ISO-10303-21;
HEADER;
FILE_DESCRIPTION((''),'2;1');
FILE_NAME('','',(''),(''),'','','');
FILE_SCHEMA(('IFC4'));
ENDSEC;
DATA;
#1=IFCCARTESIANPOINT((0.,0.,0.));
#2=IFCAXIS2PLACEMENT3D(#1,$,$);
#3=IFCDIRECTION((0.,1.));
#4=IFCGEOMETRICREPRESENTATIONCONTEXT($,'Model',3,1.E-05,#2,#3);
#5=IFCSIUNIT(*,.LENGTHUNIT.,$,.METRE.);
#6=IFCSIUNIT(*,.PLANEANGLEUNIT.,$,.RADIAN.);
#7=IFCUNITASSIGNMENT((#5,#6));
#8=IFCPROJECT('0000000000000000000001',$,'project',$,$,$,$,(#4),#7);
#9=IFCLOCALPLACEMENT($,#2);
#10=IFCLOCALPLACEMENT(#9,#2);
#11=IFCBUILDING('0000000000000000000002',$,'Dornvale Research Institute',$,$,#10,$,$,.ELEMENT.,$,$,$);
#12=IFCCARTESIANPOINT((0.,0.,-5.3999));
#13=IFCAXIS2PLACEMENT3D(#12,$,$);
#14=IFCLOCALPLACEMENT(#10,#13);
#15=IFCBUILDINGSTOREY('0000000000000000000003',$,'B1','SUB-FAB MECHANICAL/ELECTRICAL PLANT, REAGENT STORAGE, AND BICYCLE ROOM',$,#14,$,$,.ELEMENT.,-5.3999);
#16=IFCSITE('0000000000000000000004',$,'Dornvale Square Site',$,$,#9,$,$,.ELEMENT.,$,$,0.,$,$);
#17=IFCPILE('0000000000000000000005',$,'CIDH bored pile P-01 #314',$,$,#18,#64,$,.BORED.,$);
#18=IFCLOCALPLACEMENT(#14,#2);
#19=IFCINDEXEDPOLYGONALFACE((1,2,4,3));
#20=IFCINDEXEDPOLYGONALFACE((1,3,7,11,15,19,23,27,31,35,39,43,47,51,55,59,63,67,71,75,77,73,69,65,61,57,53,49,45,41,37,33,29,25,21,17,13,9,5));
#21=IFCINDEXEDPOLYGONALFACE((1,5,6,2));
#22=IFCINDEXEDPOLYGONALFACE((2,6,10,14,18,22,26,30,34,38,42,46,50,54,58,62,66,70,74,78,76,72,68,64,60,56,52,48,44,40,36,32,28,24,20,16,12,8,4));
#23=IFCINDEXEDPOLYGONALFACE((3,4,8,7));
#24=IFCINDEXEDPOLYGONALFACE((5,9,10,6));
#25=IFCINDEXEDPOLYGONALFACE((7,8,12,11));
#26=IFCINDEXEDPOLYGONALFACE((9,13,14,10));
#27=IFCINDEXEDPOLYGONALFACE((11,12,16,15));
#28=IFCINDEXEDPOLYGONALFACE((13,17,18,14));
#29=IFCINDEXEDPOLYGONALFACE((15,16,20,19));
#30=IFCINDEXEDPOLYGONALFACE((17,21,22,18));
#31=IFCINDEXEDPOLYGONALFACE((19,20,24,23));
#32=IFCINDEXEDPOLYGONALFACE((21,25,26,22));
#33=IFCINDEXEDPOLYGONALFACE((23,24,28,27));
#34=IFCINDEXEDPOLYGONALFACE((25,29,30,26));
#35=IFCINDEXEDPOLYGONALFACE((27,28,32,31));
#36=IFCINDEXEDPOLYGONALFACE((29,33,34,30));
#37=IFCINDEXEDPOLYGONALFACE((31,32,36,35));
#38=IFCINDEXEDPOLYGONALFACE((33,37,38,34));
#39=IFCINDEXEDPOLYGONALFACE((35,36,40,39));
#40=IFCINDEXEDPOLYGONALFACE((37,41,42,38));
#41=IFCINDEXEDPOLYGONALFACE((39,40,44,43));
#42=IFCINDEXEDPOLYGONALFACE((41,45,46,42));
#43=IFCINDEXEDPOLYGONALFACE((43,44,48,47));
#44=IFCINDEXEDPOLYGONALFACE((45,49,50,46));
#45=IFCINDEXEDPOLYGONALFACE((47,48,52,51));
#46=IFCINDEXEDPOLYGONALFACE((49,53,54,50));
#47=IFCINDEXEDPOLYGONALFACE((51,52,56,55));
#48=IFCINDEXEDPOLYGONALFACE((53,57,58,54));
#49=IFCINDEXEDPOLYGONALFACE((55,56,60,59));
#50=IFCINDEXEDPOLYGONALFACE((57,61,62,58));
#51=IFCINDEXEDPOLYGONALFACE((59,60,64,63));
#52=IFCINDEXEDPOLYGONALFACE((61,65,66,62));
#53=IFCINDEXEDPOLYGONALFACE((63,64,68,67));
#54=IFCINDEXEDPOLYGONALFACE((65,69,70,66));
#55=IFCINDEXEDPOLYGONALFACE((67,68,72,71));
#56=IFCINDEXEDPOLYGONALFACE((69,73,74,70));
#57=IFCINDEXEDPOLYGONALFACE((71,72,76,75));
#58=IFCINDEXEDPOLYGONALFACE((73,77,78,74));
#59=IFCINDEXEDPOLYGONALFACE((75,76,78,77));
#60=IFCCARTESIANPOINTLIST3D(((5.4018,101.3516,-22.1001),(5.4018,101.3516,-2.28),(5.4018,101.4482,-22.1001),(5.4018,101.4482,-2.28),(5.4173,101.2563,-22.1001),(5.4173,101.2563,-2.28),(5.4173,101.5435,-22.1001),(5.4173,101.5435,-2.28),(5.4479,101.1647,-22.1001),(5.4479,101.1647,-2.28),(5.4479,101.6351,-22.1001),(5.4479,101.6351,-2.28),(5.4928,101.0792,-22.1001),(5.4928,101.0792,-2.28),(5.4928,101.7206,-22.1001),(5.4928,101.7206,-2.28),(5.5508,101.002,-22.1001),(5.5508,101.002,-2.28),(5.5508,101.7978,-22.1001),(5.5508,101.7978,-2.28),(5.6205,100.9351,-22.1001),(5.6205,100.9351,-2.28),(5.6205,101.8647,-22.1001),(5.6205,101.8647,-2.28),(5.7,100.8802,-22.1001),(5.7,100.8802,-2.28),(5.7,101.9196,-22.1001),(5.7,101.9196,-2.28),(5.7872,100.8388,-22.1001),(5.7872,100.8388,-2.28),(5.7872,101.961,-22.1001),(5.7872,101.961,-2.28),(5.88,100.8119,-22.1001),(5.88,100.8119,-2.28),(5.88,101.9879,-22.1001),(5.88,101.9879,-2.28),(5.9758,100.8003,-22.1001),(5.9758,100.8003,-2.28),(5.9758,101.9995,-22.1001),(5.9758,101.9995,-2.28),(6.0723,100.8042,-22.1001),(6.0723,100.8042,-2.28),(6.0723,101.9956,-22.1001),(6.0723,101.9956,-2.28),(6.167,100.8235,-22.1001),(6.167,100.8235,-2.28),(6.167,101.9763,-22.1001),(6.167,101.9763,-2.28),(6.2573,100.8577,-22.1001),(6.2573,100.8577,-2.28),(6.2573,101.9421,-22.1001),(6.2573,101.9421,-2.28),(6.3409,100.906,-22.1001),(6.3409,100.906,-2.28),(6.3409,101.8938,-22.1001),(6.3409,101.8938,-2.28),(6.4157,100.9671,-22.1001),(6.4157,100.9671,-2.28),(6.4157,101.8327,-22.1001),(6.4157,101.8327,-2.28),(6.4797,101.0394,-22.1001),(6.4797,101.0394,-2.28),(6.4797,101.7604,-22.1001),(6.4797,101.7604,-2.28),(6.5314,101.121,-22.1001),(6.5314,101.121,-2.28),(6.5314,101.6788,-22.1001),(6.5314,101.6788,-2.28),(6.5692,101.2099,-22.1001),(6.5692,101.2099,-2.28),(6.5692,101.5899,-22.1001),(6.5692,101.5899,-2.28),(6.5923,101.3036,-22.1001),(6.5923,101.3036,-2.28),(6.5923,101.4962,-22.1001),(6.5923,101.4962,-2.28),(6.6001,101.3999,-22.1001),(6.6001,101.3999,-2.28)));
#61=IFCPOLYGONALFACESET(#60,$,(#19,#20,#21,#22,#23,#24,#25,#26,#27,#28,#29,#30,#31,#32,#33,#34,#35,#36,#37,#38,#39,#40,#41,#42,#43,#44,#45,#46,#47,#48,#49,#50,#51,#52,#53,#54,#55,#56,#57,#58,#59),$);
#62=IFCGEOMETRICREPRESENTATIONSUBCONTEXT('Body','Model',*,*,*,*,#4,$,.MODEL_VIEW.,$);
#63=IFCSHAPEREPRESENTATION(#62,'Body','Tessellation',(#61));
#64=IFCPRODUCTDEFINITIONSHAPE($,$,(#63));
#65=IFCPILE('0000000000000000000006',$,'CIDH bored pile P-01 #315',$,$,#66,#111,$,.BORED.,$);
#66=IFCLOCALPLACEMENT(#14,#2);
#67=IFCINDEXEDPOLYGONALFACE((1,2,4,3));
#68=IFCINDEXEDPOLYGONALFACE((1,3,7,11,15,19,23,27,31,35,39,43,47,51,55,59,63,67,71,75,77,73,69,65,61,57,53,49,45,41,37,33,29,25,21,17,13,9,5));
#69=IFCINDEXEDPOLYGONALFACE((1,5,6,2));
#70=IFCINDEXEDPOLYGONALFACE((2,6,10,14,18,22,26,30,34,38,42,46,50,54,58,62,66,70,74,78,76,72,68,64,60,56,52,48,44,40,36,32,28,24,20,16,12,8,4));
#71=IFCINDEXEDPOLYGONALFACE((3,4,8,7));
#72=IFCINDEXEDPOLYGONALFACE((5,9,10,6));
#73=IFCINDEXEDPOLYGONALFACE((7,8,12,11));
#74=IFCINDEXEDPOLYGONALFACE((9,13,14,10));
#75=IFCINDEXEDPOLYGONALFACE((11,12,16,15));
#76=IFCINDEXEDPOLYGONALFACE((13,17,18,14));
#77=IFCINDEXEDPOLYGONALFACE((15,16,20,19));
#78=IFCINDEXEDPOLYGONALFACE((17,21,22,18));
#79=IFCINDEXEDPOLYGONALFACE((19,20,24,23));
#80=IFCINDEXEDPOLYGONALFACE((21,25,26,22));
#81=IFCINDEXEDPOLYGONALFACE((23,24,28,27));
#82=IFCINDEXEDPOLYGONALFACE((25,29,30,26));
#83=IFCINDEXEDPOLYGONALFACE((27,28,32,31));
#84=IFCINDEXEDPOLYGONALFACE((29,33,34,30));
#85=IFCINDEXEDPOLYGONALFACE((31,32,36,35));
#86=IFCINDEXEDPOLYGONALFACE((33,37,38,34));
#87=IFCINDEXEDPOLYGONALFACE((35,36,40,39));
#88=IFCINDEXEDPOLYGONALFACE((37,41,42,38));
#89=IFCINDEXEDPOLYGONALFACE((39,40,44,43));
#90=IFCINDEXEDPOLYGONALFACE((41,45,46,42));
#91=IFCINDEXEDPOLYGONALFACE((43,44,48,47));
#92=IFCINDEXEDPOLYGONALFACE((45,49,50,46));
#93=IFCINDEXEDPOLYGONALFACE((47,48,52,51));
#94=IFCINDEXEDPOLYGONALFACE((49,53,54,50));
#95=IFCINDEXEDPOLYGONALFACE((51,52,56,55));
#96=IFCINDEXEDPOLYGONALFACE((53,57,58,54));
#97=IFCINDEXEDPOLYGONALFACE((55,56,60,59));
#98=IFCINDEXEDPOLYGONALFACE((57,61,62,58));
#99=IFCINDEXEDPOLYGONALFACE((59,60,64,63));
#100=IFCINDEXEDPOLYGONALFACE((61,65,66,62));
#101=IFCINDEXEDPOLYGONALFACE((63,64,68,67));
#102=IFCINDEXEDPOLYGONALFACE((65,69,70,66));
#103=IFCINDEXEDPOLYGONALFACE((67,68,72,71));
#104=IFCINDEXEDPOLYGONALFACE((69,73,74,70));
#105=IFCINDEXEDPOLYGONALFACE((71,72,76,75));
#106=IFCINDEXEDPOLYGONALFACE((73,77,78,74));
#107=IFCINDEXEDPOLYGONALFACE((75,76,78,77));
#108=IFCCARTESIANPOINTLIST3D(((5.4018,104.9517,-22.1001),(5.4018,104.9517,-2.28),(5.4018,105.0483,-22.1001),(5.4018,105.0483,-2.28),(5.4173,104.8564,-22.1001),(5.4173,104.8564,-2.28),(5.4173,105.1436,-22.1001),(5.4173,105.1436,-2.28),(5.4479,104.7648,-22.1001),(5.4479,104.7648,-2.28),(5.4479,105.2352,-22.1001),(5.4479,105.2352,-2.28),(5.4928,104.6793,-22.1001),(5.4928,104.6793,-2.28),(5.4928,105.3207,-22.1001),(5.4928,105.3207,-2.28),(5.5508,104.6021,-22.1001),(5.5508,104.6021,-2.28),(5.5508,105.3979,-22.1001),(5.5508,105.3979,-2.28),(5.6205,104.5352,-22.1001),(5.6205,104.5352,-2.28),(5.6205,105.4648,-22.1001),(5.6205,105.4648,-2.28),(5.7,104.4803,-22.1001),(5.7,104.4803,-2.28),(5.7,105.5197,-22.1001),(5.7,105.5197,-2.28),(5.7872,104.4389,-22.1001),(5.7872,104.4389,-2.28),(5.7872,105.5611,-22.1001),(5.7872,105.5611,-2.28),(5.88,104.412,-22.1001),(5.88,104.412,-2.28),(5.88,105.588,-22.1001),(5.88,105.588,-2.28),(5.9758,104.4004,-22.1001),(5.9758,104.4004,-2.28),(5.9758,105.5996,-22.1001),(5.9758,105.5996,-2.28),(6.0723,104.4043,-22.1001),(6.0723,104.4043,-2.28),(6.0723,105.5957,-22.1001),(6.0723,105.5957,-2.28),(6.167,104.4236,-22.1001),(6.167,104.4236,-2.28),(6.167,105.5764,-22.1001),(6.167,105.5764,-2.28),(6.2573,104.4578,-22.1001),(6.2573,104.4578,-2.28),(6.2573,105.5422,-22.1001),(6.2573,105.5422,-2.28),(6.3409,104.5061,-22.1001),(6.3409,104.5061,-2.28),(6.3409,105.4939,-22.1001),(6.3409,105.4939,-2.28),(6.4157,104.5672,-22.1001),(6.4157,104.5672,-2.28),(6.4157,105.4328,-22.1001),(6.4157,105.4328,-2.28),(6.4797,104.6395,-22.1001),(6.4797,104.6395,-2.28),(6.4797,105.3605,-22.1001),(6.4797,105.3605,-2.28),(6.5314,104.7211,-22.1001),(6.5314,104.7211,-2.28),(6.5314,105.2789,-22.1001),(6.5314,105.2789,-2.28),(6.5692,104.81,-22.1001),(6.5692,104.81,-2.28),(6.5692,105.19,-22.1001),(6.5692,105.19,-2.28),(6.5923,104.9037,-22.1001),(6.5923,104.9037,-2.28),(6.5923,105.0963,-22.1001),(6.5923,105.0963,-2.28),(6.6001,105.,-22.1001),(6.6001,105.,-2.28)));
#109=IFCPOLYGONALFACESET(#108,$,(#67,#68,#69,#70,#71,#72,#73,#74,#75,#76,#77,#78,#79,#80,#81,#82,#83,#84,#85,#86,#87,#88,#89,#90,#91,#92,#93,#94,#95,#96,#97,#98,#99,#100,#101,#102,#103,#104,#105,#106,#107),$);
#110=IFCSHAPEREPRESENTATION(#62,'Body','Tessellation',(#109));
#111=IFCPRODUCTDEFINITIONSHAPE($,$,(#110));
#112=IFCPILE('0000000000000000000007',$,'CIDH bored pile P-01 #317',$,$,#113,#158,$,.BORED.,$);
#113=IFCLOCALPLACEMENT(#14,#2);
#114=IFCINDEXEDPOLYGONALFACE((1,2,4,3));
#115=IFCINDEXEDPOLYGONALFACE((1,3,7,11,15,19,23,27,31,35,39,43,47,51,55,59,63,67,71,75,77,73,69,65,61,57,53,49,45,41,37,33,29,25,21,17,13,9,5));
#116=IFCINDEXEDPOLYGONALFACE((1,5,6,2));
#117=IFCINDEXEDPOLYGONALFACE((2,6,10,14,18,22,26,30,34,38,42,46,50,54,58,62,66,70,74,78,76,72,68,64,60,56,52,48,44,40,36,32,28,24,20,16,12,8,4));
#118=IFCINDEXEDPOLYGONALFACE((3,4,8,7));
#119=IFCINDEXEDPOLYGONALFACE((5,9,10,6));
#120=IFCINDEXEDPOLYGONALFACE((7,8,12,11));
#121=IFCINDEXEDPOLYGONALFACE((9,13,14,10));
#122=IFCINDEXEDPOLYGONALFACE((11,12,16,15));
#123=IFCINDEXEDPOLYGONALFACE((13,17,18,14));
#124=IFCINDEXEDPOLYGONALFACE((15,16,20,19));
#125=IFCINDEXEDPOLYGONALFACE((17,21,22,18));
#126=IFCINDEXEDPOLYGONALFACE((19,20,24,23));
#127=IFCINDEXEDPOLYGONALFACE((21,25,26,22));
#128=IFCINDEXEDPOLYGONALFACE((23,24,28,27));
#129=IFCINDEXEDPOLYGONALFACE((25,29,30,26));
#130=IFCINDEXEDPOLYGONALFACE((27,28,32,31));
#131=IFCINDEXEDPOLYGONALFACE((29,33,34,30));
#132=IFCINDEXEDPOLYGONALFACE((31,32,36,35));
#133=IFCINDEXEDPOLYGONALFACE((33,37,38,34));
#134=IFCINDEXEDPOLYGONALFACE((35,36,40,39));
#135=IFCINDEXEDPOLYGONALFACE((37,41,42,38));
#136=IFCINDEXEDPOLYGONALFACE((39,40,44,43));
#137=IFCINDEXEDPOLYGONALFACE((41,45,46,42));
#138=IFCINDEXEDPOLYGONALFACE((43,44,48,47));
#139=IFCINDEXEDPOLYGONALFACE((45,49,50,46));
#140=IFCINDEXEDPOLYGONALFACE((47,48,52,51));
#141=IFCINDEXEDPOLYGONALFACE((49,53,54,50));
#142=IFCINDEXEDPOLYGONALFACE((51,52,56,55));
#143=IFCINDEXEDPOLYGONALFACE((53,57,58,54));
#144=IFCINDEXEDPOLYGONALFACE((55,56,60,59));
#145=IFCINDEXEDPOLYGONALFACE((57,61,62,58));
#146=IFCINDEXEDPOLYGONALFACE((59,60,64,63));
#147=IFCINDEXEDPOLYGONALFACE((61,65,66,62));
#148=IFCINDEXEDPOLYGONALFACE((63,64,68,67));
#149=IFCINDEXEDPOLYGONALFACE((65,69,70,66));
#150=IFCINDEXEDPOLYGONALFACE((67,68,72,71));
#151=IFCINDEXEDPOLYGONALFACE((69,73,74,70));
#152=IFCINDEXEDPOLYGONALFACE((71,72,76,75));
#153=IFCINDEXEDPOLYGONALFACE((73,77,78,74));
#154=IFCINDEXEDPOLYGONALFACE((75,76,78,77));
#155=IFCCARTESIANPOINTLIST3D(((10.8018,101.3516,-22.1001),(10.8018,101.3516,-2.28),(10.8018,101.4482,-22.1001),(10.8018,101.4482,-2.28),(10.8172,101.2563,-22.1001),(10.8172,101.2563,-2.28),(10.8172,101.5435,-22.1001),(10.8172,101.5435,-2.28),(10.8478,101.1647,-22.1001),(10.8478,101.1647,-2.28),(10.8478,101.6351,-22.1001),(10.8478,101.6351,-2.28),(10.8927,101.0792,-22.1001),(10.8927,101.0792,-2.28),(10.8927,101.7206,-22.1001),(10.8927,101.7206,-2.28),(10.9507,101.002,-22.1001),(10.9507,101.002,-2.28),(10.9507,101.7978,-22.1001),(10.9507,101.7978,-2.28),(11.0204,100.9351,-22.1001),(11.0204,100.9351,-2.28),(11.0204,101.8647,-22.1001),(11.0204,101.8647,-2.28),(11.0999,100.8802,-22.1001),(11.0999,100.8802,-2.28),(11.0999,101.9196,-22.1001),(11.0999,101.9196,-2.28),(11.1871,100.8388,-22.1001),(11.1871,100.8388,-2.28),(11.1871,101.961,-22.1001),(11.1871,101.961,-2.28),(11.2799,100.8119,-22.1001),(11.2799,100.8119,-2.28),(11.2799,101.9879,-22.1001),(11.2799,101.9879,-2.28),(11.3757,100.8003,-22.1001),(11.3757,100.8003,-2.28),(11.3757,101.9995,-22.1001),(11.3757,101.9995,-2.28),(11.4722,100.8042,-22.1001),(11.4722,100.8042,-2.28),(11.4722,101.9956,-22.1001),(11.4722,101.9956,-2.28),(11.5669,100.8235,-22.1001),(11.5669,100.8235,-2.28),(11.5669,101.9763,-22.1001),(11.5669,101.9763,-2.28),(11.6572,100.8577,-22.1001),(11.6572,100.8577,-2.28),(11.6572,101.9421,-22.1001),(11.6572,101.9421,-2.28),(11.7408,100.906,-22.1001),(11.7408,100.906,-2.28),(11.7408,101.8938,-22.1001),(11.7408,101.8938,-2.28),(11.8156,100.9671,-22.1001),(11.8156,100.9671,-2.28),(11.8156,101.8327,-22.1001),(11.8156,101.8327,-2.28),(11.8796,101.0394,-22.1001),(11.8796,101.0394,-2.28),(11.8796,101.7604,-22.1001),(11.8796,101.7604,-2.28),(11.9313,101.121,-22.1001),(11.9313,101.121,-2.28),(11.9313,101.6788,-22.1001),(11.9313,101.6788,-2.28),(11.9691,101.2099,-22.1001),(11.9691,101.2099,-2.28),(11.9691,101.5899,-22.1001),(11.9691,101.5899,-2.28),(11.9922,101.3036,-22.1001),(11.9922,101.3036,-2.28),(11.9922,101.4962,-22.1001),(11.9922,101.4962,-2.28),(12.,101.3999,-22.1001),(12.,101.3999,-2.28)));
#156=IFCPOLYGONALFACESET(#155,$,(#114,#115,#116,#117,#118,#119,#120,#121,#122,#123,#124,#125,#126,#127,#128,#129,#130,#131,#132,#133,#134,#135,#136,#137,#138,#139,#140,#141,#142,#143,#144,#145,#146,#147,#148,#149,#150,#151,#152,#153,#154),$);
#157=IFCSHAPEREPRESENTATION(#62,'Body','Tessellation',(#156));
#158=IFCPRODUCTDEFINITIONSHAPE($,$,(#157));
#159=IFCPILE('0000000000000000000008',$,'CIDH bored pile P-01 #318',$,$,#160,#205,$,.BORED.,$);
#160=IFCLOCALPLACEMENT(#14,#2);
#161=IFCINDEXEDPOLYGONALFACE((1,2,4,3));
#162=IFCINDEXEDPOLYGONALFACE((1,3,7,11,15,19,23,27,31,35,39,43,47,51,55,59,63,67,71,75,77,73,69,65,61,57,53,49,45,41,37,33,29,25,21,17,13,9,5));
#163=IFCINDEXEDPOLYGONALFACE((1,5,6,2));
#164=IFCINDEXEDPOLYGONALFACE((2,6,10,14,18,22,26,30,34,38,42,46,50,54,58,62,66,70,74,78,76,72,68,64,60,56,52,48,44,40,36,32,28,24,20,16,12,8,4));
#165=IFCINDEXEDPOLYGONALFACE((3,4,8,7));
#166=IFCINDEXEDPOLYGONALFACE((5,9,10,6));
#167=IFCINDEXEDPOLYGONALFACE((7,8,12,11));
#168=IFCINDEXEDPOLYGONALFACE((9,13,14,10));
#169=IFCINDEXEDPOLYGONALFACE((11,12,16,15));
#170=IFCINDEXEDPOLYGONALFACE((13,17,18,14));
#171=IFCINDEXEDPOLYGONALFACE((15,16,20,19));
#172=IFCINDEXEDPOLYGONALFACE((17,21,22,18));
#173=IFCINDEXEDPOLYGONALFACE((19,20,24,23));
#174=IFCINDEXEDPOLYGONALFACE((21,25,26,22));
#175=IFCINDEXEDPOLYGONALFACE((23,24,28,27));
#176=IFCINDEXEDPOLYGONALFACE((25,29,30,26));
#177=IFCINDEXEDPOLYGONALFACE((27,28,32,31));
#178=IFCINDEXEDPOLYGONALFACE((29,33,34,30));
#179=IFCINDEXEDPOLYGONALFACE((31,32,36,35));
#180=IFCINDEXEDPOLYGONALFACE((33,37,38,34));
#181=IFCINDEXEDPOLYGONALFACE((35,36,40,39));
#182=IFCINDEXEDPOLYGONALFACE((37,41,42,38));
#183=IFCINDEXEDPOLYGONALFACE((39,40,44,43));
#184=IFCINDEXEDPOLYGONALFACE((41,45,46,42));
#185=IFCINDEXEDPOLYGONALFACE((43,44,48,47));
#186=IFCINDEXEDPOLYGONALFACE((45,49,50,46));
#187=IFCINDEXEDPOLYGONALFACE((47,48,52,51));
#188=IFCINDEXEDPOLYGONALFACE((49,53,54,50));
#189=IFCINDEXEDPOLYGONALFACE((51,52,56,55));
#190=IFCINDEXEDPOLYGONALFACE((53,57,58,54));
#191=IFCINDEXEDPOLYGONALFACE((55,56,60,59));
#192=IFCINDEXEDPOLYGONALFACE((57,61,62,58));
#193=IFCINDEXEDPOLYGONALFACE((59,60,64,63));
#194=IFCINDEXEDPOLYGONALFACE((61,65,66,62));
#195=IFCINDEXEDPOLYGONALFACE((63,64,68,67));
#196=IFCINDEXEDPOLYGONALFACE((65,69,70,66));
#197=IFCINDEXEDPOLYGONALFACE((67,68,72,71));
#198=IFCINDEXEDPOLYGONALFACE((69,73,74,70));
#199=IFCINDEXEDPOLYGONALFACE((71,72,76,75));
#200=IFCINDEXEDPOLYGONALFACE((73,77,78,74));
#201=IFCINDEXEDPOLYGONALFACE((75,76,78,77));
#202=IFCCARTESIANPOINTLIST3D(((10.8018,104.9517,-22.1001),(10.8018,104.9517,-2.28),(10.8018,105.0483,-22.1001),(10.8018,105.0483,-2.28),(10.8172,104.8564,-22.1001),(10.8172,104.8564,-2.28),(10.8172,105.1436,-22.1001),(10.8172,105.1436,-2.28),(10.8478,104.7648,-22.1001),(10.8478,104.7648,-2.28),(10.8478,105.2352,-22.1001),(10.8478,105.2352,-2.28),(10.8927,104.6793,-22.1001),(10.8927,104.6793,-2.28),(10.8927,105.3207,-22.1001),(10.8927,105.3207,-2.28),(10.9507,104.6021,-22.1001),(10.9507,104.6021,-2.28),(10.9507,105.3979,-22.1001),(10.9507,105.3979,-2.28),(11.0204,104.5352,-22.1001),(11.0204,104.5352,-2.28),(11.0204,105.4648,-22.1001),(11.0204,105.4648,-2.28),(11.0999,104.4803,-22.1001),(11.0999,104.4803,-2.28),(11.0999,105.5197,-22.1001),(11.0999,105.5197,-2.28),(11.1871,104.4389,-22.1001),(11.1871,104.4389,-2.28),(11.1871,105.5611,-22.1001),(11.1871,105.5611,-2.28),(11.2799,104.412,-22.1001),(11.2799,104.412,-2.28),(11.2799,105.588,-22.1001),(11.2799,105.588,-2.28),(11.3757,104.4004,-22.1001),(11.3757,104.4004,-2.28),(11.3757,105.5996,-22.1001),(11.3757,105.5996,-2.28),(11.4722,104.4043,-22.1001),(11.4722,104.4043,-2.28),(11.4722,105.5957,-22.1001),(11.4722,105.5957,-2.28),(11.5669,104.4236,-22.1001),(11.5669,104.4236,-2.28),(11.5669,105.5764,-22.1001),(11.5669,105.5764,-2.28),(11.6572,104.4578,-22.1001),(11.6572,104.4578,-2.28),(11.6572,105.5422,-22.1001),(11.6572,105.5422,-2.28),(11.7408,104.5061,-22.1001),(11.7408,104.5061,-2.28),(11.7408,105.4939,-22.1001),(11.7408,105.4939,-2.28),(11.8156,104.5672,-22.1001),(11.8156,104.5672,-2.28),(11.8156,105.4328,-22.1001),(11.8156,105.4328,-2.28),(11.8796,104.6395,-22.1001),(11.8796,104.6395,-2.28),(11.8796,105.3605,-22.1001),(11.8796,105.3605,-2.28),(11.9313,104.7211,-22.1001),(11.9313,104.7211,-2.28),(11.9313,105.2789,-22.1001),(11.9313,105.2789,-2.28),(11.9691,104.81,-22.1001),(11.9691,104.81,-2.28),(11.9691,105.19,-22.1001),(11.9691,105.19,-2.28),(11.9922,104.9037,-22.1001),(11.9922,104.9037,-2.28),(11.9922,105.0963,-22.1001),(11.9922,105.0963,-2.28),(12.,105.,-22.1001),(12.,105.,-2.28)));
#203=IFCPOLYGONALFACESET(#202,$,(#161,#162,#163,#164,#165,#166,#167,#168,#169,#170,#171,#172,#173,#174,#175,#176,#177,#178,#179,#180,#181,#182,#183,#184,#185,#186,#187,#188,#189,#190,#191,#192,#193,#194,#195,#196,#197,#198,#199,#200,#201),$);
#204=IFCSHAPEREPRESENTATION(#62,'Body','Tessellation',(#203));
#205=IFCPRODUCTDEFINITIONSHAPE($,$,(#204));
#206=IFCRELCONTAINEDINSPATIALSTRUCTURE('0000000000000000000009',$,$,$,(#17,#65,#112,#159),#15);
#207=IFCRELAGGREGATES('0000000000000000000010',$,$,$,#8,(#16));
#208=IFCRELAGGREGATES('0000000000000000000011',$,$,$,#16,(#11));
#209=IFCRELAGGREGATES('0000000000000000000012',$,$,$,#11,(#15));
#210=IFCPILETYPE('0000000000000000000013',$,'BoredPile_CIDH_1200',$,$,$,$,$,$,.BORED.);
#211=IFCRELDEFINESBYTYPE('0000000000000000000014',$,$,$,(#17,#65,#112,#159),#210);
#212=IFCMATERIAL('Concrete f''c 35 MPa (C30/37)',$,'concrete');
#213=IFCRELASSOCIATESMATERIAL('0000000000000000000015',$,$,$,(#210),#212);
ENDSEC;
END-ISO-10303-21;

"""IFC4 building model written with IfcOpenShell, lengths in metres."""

from ifc_helpers import new_model, si_unit, direction, frame, origin, origin_2d, place, context, subcontext, project, spatial, circle, extrude, material, material_profile, profile_set, type_object, element, save


model = new_model("IFC4")

# Units and contexts
model_context = context("Model", 3, precision=1e-05, world=origin(), true_north=direction((0.0, 1.0)))
body_context = subcontext(model_context, "Body", "Model", "MODEL_VIEW")
ifc_project = project(units=[si_unit("LENGTHUNIT", "METRE"), si_unit("PLANEANGLEUNIT", "RADIAN")], contexts=[model_context])

# Site, building, storey
site_placement = place(None, origin())
site = spatial("IfcSite", under=ifc_project, at=site_placement, Name="Dornvale Square Site", CompositionType="ELEMENT", RefElevation=0.0)
building_placement = place(site_placement, origin())
building = spatial("IfcBuilding", under=site, at=building_placement, Name="Dornvale Research Institute", CompositionType="ELEMENT")
storey_placement = place(building_placement, frame((0.0, 0.0, -5.3999)))
storey = spatial("IfcBuildingStorey", under=building, at=storey_placement, Name="B1", Description="SUB-FAB MECHANICAL/ELECTRICAL PLANT, REAGENT STORAGE, AND BICYCLE ROOM", CompositionType="ELEMENT", Elevation=-5.3999)

# Piles
ifc_material_1 = material(Name="Concrete f'c 35 MPa (C30/37)", Category="concrete")
ifc_material_profile_1 = material_profile(ifc_material_1, circle(Radius=0.6001, at=origin_2d()), Name="CIDH PILE D1200")
ifc_profile_set_1 = profile_set([ifc_material_profile_1], Name="Concrete f'c 35 MPa (C30/37)")
pile_type = type_object("IfcPileType", Name="BoredPile_CIDH_1200", PredefinedType="BORED", material=ifc_profile_set_1)
for number, where, z_axis, x_axis, name in (
    (1, (6.0, 101.3999, -2.28), (0.0, 0.0, -1.0), (1.0, 0.0, 0.0), "CIDH bored pile P-01 #314"),
    (2, (6.0, 105.0, -2.28), (0.0, 0.0, -1.0), (1.0, 0.0, 0.0), "CIDH bored pile P-01 #315"),
    (3, (11.3999, 101.3999, -2.28), (0.0, 0.0, -1.0), (1.0, 0.0, 0.0), "CIDH bored pile P-01 #317"),
    (4, (11.3999, 105.0, -2.28), (0.0, 0.0, -1.0), (1.0, 0.0, 0.0), "CIDH bored pile P-01 #318"),
):
    element("IfcPile", number, at=place(storey_placement, frame(where, z_axis=z_axis, x_axis=x_axis)), inside=storey, type_object=pile_type, Name=name, PredefinedType="BORED", context=body_context, shape_type="SweptSolid", body=[
        extrude(circle(Radius=0.6001, at=origin_2d()), origin(), (0.0, 0.0, 1.0), 19.8201),
    ])

save(model, "model.ifc")
